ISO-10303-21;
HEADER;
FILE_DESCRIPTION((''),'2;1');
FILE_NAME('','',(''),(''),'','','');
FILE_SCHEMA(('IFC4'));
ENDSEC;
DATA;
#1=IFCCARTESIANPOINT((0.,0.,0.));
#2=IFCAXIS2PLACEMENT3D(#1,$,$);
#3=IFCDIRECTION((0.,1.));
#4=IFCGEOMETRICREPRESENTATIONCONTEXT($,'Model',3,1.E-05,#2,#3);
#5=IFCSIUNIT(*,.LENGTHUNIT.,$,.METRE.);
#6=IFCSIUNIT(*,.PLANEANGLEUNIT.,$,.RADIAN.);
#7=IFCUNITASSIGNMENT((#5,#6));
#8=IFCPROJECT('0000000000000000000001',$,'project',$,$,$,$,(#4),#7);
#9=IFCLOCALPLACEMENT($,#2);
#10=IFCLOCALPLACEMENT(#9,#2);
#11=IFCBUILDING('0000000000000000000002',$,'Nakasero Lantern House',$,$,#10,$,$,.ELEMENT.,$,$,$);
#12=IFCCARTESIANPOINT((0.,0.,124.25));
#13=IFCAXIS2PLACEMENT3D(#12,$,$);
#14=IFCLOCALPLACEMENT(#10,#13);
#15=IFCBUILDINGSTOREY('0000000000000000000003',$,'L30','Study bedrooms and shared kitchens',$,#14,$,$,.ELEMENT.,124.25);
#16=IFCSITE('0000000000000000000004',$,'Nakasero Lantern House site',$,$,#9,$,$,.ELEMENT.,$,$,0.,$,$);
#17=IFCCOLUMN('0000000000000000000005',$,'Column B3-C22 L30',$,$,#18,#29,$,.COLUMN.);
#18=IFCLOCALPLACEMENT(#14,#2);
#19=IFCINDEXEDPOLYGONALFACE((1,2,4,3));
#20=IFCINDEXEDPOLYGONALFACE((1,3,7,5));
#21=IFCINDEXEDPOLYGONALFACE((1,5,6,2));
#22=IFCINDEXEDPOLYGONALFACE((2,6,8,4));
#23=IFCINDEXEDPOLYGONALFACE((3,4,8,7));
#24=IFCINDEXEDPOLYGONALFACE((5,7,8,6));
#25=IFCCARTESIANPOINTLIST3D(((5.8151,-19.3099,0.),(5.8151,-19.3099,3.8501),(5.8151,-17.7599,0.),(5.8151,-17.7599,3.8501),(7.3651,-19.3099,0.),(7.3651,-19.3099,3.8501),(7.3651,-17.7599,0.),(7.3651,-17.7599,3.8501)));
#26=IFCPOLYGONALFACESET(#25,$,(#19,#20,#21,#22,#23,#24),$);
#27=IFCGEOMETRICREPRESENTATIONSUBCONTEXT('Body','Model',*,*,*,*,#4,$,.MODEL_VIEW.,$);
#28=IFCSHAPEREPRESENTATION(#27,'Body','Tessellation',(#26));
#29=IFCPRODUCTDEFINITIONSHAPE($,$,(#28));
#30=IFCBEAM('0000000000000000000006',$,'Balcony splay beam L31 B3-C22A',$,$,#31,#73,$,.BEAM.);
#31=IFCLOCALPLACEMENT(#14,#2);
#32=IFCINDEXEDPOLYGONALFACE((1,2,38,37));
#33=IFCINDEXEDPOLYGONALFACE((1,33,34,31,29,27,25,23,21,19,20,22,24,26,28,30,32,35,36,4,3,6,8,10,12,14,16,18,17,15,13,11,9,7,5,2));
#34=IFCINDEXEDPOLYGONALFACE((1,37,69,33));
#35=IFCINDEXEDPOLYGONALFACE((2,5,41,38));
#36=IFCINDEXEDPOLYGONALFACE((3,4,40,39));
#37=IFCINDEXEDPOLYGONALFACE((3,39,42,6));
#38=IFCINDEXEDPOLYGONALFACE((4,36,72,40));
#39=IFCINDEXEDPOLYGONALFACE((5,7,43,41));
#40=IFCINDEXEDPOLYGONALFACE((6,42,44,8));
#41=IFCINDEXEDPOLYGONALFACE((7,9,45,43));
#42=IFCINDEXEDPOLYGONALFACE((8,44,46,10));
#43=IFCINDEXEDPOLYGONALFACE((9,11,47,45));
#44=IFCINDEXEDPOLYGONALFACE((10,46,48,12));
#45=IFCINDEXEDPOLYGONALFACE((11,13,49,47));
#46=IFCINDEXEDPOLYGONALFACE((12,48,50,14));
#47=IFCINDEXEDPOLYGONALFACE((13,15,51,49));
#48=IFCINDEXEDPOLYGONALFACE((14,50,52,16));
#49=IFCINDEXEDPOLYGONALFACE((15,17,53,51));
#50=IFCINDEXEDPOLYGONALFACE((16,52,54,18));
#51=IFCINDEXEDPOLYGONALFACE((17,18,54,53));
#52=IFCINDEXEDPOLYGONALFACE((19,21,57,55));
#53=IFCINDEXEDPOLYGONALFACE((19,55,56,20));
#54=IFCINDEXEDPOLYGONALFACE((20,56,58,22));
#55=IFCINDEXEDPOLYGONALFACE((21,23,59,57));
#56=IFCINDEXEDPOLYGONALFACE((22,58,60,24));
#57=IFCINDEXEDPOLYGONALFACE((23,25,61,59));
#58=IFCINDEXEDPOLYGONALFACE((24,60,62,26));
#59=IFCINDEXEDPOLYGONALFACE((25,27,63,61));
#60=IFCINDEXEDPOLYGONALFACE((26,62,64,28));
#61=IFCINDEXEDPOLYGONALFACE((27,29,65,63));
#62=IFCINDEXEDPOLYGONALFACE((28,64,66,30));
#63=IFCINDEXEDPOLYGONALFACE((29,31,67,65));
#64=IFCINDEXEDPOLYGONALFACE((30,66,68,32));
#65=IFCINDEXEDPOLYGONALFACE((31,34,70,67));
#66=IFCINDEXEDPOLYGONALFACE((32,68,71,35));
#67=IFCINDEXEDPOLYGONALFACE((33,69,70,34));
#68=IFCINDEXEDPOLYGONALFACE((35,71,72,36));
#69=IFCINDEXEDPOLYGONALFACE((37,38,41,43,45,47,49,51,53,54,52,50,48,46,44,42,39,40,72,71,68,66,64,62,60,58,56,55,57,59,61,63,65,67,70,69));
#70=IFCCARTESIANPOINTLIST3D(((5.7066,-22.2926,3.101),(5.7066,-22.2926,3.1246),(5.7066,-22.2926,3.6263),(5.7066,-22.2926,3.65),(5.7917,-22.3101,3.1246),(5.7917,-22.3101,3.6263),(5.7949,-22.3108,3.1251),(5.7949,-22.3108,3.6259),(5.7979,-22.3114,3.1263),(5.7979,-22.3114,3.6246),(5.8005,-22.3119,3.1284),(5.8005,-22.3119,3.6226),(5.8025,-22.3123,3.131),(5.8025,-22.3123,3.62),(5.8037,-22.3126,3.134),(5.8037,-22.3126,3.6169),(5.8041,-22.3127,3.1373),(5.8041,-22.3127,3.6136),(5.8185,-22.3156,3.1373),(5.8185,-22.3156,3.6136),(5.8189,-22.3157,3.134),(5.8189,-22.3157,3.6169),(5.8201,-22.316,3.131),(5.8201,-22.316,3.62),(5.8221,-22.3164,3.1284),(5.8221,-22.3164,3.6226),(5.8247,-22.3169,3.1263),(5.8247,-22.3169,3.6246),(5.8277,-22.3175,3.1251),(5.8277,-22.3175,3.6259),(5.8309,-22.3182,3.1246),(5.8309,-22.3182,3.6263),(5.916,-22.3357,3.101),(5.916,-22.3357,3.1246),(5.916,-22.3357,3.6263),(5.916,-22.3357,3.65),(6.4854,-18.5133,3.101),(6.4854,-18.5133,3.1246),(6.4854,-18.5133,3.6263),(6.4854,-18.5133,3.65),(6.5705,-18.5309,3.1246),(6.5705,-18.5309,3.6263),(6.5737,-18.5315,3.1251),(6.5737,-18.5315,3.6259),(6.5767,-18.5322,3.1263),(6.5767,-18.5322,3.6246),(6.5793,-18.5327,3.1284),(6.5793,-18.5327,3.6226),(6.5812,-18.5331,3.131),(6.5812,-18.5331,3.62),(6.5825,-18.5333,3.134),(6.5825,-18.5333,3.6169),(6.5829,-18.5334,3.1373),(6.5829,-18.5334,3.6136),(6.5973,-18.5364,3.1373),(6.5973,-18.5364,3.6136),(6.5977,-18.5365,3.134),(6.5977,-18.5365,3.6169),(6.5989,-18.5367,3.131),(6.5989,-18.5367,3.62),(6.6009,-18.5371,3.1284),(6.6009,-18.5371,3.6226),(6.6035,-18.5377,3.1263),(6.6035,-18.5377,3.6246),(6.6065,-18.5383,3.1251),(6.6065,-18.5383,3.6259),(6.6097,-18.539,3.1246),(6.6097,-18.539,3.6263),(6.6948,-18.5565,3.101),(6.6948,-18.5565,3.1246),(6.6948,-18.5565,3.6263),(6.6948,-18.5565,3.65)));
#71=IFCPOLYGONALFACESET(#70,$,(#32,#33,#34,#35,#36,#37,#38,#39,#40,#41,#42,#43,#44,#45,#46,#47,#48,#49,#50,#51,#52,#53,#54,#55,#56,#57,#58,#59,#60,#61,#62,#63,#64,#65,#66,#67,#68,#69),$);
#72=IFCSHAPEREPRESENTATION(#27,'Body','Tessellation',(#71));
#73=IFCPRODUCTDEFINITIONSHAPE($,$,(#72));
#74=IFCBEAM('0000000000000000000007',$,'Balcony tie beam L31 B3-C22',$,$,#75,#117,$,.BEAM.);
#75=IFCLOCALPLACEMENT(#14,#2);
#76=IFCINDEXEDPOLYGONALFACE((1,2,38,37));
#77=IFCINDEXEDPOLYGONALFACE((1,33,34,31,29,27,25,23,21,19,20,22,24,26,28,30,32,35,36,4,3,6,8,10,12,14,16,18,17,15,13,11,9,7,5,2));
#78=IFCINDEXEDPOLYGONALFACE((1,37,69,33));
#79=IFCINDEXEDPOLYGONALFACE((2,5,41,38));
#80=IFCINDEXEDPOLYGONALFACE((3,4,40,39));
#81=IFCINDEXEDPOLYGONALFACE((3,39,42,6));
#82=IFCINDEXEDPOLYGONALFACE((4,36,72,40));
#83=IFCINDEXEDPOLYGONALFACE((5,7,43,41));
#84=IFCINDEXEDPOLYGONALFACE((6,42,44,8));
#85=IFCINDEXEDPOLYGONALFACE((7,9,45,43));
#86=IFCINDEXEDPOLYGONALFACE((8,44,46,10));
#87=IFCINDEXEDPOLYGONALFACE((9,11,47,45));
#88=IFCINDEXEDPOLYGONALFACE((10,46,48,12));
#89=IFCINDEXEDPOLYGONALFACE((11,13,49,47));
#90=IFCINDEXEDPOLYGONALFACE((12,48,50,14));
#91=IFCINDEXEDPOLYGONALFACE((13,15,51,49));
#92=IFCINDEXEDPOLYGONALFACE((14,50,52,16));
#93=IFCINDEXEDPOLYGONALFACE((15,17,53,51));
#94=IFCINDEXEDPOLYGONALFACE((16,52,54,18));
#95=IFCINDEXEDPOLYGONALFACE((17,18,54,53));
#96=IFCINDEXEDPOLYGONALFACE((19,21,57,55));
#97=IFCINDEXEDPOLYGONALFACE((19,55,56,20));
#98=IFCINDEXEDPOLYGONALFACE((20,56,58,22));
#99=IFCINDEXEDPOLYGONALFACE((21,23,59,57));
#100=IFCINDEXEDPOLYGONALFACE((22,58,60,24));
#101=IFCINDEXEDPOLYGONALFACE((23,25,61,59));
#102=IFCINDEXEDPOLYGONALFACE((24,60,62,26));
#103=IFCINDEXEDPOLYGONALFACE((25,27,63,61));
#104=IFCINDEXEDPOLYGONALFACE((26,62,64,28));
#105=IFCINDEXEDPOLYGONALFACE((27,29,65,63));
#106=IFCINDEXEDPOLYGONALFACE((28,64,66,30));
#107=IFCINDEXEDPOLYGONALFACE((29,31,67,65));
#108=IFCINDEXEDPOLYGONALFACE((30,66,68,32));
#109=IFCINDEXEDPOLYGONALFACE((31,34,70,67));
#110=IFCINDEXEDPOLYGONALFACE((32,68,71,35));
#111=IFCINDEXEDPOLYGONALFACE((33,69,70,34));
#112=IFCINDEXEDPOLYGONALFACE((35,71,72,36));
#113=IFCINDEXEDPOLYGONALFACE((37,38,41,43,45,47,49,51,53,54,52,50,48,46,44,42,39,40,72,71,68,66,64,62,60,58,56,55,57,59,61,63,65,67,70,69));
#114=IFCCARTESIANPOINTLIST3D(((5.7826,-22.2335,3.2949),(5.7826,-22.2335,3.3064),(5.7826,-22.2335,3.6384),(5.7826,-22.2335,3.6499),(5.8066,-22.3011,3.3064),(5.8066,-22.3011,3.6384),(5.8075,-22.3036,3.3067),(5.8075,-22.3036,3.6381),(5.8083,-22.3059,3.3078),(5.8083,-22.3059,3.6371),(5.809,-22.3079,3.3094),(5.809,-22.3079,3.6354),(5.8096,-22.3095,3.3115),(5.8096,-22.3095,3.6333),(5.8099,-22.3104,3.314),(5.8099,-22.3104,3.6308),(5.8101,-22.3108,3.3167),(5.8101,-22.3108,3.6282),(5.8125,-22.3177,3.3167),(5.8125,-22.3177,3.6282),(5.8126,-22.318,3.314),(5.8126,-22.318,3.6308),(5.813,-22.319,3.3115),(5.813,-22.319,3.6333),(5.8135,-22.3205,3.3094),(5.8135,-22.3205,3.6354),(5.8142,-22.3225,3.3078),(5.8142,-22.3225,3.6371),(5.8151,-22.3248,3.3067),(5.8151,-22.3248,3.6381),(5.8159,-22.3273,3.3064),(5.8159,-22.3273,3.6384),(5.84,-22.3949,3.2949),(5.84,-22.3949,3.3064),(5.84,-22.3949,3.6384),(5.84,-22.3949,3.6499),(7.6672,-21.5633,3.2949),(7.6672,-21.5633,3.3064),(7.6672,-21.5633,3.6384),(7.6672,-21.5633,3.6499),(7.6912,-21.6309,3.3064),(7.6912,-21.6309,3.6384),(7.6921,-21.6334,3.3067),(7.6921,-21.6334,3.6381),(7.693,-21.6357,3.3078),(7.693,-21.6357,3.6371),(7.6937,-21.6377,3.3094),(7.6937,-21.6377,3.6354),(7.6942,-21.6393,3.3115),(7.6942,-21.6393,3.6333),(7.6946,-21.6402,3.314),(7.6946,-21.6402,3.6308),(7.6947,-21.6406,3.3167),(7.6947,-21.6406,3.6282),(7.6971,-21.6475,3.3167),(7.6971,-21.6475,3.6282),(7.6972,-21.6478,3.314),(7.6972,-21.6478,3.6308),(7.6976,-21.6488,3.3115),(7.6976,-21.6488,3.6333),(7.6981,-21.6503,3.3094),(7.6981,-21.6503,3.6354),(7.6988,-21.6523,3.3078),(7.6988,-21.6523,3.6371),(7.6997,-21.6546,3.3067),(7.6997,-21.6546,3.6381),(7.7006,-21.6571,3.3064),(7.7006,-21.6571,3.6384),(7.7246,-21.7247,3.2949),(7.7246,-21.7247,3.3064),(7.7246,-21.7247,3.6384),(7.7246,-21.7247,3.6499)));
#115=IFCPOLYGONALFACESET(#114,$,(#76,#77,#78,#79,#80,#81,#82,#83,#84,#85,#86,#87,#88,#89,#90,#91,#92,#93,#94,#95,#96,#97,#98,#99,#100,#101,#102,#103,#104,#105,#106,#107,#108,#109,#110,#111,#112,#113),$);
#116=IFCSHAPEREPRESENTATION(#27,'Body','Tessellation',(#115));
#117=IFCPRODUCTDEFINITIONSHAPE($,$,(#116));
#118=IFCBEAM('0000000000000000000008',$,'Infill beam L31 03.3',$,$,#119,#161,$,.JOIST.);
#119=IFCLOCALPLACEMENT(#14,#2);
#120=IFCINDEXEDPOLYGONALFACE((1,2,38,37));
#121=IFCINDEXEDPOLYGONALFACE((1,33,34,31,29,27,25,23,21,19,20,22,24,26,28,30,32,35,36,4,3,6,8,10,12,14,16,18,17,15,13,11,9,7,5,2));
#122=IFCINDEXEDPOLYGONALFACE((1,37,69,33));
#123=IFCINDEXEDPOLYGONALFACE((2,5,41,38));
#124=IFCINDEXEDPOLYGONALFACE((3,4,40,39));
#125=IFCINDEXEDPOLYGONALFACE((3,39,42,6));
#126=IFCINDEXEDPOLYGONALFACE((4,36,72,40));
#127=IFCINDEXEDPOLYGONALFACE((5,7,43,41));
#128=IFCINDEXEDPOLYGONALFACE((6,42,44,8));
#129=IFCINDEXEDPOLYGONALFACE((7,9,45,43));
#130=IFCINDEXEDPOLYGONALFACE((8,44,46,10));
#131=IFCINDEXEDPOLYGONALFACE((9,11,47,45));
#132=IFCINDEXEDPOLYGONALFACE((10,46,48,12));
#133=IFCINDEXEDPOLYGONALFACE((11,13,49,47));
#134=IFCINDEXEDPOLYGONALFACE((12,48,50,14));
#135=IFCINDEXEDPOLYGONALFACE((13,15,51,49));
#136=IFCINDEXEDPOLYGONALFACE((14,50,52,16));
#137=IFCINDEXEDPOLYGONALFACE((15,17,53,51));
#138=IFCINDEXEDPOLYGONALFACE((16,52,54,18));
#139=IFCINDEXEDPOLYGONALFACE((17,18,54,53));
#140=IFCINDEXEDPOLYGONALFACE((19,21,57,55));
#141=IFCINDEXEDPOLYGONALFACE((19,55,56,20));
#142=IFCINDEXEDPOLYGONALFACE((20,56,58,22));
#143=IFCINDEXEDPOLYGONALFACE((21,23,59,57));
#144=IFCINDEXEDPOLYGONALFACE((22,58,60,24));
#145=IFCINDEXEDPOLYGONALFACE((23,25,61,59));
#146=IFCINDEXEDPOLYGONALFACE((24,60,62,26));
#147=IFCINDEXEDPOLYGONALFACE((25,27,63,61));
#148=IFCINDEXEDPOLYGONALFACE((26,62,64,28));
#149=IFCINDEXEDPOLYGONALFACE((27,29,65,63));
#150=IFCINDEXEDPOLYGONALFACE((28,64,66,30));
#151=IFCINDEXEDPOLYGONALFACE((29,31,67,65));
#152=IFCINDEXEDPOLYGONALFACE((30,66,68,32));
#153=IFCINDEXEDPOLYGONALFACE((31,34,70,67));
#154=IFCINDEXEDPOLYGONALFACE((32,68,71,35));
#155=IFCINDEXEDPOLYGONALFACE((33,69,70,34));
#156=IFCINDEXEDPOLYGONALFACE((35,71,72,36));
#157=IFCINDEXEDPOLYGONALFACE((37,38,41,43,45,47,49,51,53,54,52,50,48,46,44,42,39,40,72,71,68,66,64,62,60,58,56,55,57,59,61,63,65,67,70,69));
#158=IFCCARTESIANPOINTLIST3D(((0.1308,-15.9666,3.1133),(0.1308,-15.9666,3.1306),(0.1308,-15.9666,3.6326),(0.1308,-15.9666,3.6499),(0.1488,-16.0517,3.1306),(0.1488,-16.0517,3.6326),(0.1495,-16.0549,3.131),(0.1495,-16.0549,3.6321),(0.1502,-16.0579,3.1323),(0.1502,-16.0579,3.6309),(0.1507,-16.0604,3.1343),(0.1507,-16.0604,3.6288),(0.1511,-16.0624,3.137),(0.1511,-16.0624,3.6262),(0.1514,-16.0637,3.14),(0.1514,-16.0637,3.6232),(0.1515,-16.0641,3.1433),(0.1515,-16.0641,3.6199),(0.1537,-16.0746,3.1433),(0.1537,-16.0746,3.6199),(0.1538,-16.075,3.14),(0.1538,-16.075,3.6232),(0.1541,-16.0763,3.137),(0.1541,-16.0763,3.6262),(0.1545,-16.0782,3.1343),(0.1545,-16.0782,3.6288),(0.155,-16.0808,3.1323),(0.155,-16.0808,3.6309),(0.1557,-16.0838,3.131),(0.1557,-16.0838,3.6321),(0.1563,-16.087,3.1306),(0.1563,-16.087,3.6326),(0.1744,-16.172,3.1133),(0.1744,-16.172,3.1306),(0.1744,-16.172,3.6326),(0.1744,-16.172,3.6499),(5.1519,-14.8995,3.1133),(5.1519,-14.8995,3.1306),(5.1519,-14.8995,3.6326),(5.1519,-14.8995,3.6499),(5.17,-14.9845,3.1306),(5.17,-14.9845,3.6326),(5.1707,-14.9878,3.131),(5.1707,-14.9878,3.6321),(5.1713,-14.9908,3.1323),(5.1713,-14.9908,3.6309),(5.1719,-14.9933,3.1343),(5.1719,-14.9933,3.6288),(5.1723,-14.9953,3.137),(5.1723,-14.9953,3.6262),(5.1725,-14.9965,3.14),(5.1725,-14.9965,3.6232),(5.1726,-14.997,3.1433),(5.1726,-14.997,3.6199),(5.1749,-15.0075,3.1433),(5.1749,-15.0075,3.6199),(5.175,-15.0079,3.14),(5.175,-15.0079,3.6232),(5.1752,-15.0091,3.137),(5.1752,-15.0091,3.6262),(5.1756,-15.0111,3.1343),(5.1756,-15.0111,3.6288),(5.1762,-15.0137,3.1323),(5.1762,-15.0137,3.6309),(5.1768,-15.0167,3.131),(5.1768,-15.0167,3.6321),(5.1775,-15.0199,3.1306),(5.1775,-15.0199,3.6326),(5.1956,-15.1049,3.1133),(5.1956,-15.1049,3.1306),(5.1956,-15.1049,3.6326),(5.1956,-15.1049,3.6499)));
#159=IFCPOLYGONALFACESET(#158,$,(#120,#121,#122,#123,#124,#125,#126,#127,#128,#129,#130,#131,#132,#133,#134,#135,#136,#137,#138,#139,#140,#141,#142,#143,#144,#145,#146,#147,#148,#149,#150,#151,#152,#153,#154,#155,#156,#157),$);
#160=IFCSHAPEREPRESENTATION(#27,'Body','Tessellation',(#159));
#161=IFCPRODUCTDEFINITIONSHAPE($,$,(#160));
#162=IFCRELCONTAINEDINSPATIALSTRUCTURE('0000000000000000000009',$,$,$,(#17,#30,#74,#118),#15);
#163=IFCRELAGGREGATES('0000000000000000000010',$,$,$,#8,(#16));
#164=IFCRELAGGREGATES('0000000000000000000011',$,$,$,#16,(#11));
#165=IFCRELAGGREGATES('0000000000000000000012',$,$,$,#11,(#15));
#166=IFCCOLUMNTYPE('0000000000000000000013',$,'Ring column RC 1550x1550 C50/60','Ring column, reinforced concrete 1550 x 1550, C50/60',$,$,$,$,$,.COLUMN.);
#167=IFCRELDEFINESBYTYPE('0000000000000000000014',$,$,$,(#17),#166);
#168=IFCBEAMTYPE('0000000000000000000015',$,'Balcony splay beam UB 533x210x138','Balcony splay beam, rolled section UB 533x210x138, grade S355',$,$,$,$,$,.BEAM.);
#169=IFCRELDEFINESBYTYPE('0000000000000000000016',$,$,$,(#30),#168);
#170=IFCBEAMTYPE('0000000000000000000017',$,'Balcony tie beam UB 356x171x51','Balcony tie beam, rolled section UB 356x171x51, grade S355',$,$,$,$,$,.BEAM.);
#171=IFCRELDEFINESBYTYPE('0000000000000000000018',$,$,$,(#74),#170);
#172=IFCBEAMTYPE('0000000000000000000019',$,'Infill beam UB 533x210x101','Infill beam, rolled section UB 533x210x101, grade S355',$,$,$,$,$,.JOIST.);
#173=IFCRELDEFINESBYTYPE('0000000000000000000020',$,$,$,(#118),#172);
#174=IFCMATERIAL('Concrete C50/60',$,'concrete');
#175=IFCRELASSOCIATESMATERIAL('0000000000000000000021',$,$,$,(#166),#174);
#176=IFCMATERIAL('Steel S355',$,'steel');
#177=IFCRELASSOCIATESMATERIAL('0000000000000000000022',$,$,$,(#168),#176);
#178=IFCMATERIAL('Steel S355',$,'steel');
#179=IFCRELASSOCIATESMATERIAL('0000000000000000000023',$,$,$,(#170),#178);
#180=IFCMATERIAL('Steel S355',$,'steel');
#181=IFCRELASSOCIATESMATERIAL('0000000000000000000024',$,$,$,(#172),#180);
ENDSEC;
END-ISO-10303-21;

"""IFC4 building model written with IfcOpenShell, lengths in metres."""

from ifc_helpers import new_model, si_unit, direction, frame, origin, origin_2d, place, context, subcontext, project, spatial, rectangle, i_section, extrude, material, material_profile, profile_set, type_object, element, save


model = new_model("IFC4")

# Units and contexts
model_context = context("Model", 3, precision=1e-05, world=origin(), true_north=direction((0.0, 1.0)))
body_context = subcontext(model_context, "Body", "Model", "MODEL_VIEW")
ifc_project = project(units=[si_unit("LENGTHUNIT", "METRE"), si_unit("PLANEANGLEUNIT", "RADIAN")], contexts=[model_context])

# Site, building, storey
site_placement = place(None, origin())
site = spatial("IfcSite", under=ifc_project, at=site_placement, Name="Nakasero Lantern House site", CompositionType="ELEMENT", RefElevation=0.0)
building_placement = place(site_placement, origin())
building = spatial("IfcBuilding", under=site, at=building_placement, Name="Nakasero Lantern House", CompositionType="ELEMENT")
storey_placement = place(building_placement, frame((0.0, 0.0, 124.25)))
storey = spatial("IfcBuildingStorey", under=building, at=storey_placement, Name="L30", Description="Study bedrooms and shared kitchens", CompositionType="ELEMENT", Elevation=124.25)

# Column
ifc_material_1 = material(Name="Concrete C50/60", Category="concrete")
ifc_material_profile_1 = material_profile(ifc_material_1, rectangle(XDim=1.55, YDim=1.55, at=origin_2d()), Name="RC 1550x1550")
ifc_profile_set_1 = profile_set([ifc_material_profile_1], Name="Concrete C50/60")
column_type = type_object("IfcColumnType", Name="Ring column RC 1550x1550 C50/60", Description="Ring column, reinforced concrete 1550 x 1550, C50/60", PredefinedType="COLUMN", material=ifc_profile_set_1)
column_placement = place(storey_placement, frame((6.5901, -18.5349, 0.0), z_axis=(0.0, 0.0, 1.0), x_axis=(1.0, 0.0, 0.0)))
element("IfcColumn", 1, at=column_placement, inside=storey, type_object=column_type, Name="Column B3-C22 L30", PredefinedType="COLUMN", context=body_context, shape_type="SweptSolid", body=[
    extrude(rectangle(XDim=1.55, YDim=1.55, at=origin_2d()), origin(), (0.0, 0.0, 1.0), 3.8501),
])

# Beams
ifc_material_2 = material(Name="Steel S355", Category="steel")
ifc_material_profile_2 = material_profile(ifc_material_2, i_section(OverallWidth=0.2139, OverallDepth=0.5491, WebThickness=0.0146, FlangeThickness=0.0237, FilletRadius=0.0127, at=origin_2d()), Name="UB 533x210x138")
ifc_profile_set_2 = profile_set([ifc_material_profile_2], Name="Steel S355")
beam_type_1 = type_object("IfcBeamType", Name="Balcony splay beam UB 533x210x138", Description="Balcony splay beam, rolled section UB 533x210x138, grade S355", PredefinedType="BEAM", material=ifc_profile_set_2)
beam_1_placement = place(storey_placement, frame((6.5901, -18.5349, 3.3755), z_axis=(-0.201831, -0.97942, 0.0), x_axis=(0.97942, -0.201831, 0.0)))
element("IfcBeam", 2, at=beam_1_placement, inside=storey, type_object=beam_type_1, Name="Balcony splay beam L31 B3-C22A", PredefinedType="BEAM", context=body_context, shape_type="SweptSolid", body=[
    extrude(i_section(OverallWidth=0.2139, OverallDepth=0.5491, WebThickness=0.0146, FlangeThickness=0.0237, FilletRadius=0.0127, at=origin_2d()), origin(), (0.0, 0.0, 1.0), 3.8586),
])
ifc_material_3 = material(Name="Steel S355", Category="steel")
ifc_material_profile_3 = material_profile(ifc_material_3, i_section(OverallWidth=0.1714, OverallDepth=0.355, WebThickness=0.0073, FlangeThickness=0.0115, FilletRadius=0.0103, at=origin_2d()), Name="UB 356x171x51")
ifc_profile_set_3 = profile_set([ifc_material_profile_3], Name="Steel S355")
beam_type_2 = type_object("IfcBeamType", Name="Balcony tie beam UB 356x171x51", Description="Balcony tie beam, rolled section UB 356x171x51, grade S355", PredefinedType="BEAM", material=ifc_profile_set_3)
beam_2_placement = place(storey_placement, frame((5.8113, -22.3142, 3.4724), z_axis=(0.942197, 0.33506, 0.0), x_axis=(-0.33506, 0.942197, 0.0)))
element("IfcBeam", 3, at=beam_2_placement, inside=storey, type_object=beam_type_2, Name="Balcony tie beam L31 B3-C22", PredefinedType="BEAM", context=body_context, shape_type="SweptSolid", body=[
    extrude(i_section(OverallWidth=0.1714, OverallDepth=0.355, WebThickness=0.0073, FlangeThickness=0.0115, FilletRadius=0.0103, at=origin_2d()), origin(), (0.0, 0.0, 1.0), 2.0002),
])
ifc_material_4 = material(Name="Steel S355", Category="steel")
ifc_material_profile_4 = material_profile(ifc_material_4, i_section(OverallWidth=0.21, OverallDepth=0.5366, WebThickness=0.0107, FlangeThickness=0.0173, FilletRadius=0.0127, at=origin_2d()), Name="UB 533x210x101")
ifc_profile_set_4 = profile_set([ifc_material_profile_4], Name="Steel S355")
beam_type_3 = type_object("IfcBeamType", Name="Infill beam UB 533x210x101", Description="Infill beam, rolled section UB 533x210x101, grade S355", PredefinedType="JOIST", material=ifc_profile_set_4)
beam_3_placement = place(storey_placement, frame((0.1526, -16.0693, 3.3816), z_axis=(0.978154, 0.207882, 0.0), x_axis=(-0.207882, 0.978154, 0.0)))
element("IfcBeam", 4, at=beam_3_placement, inside=storey, type_object=beam_type_3, Name="Infill beam L31 03.3", PredefinedType="JOIST", context=body_context, shape_type="SweptSolid", body=[
    extrude(i_section(OverallWidth=0.21, OverallDepth=0.5366, WebThickness=0.0107, FlangeThickness=0.0173, FilletRadius=0.0127, at=origin_2d()), origin(), (0.0, 0.0, 1.0), 5.1333),
])

save(model, "model.ifc")
